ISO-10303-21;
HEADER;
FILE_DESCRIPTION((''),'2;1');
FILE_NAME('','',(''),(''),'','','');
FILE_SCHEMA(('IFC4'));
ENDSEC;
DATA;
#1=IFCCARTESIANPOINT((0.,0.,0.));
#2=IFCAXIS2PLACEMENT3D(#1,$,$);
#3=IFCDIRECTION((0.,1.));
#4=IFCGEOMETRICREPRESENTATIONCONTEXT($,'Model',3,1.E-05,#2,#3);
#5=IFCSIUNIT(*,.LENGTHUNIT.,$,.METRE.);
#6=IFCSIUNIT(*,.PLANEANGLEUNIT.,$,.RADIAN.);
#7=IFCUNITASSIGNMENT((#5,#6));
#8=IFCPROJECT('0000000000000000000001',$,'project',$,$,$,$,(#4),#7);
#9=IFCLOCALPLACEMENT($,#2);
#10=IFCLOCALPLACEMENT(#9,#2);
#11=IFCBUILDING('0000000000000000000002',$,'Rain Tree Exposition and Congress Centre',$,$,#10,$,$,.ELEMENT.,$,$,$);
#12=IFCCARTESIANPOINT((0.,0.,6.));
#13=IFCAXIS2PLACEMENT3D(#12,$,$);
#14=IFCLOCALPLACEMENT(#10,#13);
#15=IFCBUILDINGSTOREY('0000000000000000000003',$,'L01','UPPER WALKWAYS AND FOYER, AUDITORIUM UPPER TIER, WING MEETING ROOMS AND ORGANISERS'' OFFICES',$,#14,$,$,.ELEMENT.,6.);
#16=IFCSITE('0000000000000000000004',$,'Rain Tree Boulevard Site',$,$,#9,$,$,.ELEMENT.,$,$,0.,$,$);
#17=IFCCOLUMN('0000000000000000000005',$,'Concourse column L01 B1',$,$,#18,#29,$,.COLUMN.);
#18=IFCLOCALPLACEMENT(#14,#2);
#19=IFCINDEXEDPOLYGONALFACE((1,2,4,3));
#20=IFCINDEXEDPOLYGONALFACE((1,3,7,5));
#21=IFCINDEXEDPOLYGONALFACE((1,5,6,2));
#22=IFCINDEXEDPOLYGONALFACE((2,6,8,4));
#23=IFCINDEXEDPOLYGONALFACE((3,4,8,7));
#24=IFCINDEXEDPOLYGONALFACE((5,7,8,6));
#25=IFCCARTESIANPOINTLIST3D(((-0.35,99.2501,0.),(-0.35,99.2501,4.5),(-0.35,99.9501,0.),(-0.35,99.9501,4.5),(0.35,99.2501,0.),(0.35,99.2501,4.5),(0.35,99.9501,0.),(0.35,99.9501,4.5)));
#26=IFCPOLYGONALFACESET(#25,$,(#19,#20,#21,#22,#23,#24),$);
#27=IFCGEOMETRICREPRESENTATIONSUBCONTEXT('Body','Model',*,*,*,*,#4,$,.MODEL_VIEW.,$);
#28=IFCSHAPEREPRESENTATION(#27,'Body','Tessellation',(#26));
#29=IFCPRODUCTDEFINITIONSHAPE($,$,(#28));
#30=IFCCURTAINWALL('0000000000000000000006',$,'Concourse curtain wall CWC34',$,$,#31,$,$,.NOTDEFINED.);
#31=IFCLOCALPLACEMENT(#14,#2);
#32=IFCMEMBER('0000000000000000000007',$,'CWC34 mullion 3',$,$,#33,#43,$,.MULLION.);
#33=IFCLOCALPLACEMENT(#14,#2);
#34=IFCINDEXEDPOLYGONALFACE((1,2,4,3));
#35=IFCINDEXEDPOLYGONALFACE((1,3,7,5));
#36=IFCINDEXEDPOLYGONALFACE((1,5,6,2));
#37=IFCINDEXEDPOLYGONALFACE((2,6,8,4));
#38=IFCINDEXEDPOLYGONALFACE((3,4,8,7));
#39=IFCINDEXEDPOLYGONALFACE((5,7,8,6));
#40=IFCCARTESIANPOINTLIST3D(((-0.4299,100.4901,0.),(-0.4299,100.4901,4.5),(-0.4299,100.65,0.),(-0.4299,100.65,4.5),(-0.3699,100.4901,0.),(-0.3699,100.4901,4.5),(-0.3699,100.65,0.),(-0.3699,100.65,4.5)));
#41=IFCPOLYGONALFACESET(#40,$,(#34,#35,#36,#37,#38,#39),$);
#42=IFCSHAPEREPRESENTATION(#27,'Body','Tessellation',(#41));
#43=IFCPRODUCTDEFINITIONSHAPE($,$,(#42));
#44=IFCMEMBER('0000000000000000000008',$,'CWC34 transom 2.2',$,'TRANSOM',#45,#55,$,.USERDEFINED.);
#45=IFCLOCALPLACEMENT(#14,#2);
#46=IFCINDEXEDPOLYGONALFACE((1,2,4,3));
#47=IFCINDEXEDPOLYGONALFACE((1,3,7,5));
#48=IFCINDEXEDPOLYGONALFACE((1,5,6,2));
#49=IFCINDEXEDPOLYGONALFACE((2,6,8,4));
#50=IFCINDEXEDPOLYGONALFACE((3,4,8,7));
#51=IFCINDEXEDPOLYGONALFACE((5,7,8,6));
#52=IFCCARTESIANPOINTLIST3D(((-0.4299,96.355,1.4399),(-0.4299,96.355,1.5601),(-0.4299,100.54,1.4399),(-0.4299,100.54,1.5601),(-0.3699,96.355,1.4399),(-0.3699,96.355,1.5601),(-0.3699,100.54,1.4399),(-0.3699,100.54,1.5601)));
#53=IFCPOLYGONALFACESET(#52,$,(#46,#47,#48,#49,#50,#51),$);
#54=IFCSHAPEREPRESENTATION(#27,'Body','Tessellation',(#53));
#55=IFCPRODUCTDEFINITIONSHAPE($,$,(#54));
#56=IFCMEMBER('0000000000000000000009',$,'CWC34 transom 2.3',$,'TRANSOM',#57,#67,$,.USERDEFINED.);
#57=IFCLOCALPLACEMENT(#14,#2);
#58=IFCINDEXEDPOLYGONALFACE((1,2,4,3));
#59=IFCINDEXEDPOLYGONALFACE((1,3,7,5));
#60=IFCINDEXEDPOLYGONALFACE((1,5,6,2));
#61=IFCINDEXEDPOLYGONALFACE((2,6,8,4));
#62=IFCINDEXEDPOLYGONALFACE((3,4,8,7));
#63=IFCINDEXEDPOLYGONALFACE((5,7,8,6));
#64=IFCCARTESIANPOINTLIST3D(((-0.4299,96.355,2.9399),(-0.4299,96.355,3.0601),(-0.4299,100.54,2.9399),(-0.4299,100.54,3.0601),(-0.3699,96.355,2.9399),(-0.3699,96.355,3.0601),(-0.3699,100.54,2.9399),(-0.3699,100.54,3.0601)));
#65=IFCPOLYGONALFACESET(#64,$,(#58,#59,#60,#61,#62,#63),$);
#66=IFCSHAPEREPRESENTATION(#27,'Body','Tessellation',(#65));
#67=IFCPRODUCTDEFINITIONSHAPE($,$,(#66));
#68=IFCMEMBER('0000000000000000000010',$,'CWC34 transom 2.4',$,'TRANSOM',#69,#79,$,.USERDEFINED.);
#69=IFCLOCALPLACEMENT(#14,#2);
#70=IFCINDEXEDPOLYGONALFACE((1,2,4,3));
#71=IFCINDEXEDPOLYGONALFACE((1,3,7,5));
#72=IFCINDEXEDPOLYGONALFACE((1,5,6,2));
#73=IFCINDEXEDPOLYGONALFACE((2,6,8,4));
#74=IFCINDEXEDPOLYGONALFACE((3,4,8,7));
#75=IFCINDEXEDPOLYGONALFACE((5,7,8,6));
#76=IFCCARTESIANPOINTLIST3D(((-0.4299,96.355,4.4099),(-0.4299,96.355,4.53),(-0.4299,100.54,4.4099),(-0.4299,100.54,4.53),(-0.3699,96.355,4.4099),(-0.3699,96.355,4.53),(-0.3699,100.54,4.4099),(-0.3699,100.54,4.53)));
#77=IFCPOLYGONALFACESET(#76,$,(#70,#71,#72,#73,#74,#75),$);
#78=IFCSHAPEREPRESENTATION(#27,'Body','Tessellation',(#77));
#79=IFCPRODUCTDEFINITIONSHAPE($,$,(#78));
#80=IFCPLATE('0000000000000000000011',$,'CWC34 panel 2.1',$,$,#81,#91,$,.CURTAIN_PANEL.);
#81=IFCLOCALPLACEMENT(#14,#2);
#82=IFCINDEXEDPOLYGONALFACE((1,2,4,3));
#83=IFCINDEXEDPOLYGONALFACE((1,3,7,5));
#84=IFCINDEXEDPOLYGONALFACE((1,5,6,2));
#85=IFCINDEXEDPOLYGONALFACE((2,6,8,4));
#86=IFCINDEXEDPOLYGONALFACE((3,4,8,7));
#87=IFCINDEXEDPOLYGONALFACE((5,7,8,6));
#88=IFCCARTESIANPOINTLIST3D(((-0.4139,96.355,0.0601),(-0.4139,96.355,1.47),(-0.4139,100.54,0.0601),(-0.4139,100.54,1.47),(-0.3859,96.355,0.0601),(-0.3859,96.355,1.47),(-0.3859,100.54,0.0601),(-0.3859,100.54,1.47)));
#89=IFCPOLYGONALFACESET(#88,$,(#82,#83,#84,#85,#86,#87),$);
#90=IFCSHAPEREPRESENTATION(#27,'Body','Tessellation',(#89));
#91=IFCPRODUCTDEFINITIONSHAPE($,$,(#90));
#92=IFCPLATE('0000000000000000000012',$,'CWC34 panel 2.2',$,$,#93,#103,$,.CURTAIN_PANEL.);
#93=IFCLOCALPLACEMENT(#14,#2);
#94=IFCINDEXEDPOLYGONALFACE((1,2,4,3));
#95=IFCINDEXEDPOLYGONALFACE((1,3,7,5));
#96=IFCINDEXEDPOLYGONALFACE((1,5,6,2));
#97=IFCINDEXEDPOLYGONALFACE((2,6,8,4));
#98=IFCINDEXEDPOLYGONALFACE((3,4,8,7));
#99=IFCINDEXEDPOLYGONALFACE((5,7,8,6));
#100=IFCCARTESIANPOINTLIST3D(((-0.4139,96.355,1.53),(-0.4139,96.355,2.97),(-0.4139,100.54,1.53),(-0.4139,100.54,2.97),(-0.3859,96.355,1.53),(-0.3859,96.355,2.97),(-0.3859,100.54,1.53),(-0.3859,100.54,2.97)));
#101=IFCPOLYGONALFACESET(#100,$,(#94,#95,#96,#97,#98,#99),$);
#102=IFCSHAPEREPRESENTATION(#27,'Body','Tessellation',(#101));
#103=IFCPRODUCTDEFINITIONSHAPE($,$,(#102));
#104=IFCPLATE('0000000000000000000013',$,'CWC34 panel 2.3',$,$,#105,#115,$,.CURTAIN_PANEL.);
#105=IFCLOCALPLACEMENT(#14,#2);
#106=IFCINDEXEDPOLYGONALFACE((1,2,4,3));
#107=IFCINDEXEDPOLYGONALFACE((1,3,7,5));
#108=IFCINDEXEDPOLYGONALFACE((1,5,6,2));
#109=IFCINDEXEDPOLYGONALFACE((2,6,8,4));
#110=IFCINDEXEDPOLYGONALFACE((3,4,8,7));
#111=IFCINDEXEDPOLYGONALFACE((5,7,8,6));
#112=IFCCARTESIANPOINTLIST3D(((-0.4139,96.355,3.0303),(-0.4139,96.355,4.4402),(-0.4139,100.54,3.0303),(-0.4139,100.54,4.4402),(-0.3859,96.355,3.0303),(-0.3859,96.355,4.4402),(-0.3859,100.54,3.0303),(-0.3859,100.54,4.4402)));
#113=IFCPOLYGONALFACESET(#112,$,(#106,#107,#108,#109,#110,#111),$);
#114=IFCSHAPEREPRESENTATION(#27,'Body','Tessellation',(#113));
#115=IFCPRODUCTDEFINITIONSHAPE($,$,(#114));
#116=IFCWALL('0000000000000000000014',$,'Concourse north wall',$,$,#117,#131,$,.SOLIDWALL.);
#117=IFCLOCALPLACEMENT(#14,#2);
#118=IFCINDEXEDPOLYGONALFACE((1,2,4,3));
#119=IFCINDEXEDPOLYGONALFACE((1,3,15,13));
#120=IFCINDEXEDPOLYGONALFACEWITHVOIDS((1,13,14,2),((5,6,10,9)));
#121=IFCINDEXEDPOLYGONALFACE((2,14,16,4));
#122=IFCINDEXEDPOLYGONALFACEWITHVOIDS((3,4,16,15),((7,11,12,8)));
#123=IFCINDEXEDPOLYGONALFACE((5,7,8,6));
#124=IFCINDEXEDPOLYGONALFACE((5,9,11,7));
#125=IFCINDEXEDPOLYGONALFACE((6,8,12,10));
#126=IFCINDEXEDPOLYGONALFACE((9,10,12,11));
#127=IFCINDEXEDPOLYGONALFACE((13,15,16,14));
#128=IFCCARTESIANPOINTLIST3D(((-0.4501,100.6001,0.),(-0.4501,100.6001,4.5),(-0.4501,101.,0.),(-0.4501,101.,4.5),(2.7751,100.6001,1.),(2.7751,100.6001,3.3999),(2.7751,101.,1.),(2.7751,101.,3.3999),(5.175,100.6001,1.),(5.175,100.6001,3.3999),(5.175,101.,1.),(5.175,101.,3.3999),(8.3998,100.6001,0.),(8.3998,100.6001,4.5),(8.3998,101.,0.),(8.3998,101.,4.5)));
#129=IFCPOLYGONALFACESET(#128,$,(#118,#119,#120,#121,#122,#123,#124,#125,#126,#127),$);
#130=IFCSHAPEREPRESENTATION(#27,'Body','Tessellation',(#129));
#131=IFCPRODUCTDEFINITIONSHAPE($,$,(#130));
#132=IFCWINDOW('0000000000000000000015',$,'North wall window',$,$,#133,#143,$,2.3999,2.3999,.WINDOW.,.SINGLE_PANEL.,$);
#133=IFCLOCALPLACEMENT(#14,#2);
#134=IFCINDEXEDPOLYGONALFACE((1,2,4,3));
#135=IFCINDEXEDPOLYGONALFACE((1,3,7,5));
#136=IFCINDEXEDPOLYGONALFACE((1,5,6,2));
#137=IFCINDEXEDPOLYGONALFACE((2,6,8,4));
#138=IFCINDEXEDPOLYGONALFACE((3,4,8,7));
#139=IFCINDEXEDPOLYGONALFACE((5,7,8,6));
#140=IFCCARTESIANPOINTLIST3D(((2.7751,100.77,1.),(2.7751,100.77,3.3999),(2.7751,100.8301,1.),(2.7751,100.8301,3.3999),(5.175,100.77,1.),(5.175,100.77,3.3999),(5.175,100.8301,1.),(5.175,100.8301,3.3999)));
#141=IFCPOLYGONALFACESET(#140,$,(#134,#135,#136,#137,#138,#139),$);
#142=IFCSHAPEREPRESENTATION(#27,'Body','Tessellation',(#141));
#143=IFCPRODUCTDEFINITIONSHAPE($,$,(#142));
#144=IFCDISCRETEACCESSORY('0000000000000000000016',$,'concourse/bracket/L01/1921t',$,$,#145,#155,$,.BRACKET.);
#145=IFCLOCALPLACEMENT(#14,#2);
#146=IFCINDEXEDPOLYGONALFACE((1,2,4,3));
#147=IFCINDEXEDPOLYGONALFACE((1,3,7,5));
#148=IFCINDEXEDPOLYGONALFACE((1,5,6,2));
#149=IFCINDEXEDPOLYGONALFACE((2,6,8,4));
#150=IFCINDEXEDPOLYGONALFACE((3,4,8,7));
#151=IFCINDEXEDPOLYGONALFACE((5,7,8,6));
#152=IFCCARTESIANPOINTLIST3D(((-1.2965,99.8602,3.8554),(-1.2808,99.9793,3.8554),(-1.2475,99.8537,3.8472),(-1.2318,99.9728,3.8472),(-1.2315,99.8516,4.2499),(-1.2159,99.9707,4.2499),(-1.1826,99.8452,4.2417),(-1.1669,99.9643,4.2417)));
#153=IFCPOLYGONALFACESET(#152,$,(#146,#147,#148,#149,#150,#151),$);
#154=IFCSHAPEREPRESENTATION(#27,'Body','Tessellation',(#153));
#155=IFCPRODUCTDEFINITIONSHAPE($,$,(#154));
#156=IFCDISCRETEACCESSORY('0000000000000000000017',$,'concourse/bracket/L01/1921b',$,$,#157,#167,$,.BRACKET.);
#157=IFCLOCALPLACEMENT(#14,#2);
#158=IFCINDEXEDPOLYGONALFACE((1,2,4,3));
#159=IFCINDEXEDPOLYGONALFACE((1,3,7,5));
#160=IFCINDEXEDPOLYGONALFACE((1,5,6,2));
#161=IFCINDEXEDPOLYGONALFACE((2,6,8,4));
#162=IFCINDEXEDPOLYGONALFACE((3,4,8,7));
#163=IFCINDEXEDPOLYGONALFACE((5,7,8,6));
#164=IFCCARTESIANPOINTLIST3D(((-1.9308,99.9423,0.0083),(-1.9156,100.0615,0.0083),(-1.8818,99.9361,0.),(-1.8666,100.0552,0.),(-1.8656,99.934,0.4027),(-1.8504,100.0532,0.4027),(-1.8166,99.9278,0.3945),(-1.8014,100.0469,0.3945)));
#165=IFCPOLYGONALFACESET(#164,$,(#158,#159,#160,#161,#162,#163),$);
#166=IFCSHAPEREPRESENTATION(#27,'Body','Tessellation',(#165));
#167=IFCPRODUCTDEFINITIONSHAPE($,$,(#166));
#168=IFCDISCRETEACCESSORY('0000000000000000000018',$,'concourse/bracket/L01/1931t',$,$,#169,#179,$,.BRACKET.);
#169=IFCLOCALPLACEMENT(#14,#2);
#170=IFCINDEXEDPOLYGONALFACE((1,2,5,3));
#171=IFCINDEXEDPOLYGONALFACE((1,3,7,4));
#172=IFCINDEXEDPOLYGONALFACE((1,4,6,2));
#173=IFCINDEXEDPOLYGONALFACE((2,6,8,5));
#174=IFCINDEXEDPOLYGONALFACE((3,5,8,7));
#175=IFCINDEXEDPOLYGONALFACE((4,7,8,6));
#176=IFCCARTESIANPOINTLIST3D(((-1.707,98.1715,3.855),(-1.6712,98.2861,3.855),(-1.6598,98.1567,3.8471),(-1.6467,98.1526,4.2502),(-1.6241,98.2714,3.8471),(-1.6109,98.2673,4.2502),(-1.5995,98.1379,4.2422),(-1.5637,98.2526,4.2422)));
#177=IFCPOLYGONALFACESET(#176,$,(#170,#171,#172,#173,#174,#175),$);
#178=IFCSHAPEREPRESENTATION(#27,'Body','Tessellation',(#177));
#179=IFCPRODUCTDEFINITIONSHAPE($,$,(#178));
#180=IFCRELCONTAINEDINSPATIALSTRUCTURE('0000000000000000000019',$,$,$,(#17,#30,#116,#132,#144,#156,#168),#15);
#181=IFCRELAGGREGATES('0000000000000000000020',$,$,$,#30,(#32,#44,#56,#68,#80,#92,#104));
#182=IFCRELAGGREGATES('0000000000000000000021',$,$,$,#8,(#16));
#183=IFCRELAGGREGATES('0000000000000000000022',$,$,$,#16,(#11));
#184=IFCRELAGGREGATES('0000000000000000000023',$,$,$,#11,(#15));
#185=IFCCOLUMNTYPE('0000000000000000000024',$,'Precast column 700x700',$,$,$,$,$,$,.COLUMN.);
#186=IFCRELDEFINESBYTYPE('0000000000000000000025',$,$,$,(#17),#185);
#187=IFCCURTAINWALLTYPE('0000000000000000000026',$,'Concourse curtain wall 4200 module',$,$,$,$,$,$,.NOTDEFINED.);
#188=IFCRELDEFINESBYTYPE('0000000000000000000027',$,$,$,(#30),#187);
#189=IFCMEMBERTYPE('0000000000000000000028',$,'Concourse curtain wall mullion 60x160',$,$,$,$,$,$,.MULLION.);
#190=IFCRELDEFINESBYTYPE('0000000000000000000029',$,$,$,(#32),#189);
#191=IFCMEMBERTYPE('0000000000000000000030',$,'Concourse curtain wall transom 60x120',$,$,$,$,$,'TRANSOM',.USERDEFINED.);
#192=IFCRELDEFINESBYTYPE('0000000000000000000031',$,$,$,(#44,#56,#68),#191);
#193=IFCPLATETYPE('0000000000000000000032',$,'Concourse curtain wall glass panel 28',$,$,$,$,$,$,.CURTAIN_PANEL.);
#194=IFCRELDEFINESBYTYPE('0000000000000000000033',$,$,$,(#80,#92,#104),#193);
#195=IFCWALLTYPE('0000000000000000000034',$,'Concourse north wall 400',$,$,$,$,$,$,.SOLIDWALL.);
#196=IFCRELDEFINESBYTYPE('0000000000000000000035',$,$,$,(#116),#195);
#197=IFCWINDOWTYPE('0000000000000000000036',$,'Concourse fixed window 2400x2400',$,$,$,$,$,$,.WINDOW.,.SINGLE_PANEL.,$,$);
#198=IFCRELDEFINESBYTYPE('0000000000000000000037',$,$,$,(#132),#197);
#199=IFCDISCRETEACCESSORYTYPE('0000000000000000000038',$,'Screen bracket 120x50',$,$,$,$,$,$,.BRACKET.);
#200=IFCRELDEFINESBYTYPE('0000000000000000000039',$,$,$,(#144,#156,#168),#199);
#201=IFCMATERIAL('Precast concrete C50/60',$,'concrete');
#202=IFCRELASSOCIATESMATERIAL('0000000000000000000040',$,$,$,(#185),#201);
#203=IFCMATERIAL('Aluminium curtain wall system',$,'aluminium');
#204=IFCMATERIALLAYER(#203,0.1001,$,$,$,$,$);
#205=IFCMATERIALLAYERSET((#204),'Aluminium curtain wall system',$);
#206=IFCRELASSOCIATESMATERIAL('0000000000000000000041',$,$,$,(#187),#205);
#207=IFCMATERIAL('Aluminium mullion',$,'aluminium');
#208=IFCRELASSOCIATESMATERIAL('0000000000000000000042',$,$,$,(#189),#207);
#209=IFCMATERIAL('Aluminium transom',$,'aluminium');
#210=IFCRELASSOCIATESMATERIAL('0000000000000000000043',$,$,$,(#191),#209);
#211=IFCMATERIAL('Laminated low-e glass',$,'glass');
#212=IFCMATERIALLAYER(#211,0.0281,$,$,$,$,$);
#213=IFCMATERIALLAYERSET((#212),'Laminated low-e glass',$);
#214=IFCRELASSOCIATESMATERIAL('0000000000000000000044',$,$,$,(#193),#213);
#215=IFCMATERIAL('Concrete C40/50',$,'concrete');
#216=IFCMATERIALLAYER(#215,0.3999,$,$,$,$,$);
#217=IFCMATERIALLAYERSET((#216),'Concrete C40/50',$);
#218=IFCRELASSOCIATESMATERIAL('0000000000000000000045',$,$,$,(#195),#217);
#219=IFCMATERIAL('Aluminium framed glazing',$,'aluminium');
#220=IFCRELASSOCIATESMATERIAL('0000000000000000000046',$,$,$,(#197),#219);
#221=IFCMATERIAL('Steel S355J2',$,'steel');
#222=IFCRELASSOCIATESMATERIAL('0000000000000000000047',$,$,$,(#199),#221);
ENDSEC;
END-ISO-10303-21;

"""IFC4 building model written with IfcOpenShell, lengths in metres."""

from ifc_helpers import new_model, si_unit, direction, frame, frame_2d, origin, origin_2d, place, context, subcontext, project, spatial, rectangle, extrude, material, layer, layer_set, material_profile, profile_set, type_object, element, fill, aggregate, save


model = new_model("IFC4")

# Units and contexts
model_context = context("Model", 3, precision=1e-05, world=origin(), true_north=direction((0.0, 1.0)))
body_context = subcontext(model_context, "Body", "Model", "MODEL_VIEW")
ifc_project = project(units=[si_unit("LENGTHUNIT", "METRE"), si_unit("PLANEANGLEUNIT", "RADIAN")], contexts=[model_context])

# Site, building, storey
site_placement = place(None, origin())
site = spatial("IfcSite", under=ifc_project, at=site_placement, Name="Rain Tree Boulevard Site", CompositionType="ELEMENT", RefElevation=0.0)
building_placement = place(site_placement, origin())
building = spatial("IfcBuilding", under=site, at=building_placement, Name="Rain Tree Exposition and Congress Centre", CompositionType="ELEMENT")
storey_placement = place(building_placement, frame((0.0, 0.0, 6.0)))
storey = spatial("IfcBuildingStorey", under=building, at=storey_placement, Name="L01", Description="UPPER WALKWAYS AND FOYER, AUDITORIUM UPPER TIER, WING MEETING ROOMS AND ORGANISERS' OFFICES", CompositionType="ELEMENT", Elevation=6.0)

# Column
ifc_material_1 = material(Name="Precast concrete C50/60", Category="concrete")
ifc_material_profile_1 = material_profile(ifc_material_1, rectangle(XDim=0.7, YDim=0.7, at=origin_2d()), Name="RC 700x700")
ifc_profile_set_1 = profile_set([ifc_material_profile_1], Name="Precast concrete C50/60")
column_type = type_object("IfcColumnType", Name="Precast column 700x700", PredefinedType="COLUMN", material=ifc_profile_set_1)
column_placement = place(storey_placement, frame((0.0, 99.6001, 0.0), z_axis=(0.0, 0.0, 1.0), x_axis=(1.0, 0.0, 0.0)))
element("IfcColumn", 1, at=column_placement, inside=storey, type_object=column_type, Name="Concourse column L01 B1", PredefinedType="COLUMN", context=body_context, shape_type="SweptSolid", body=[
    extrude(rectangle(XDim=0.7, YDim=0.7, at=origin_2d()), origin(), (0.0, 0.0, 1.0), 4.5),
])

# Curtain wall, members, plates
ifc_material_2 = material(Name="Aluminium curtain wall system", Category="aluminium")
ifc_layer_1 = layer(ifc_material_2, 0.1001)
ifc_layer_set_1 = layer_set([ifc_layer_1], Name="Aluminium curtain wall system")
curtain_wall_type = type_object("IfcCurtainWallType", Name="Concourse curtain wall 4200 module", PredefinedType="NOTDEFINED", material=ifc_layer_set_1)
curtain_wall_placement = place(storey_placement, origin())
curtain_wall = element("IfcCurtainWall", 2, at=curtain_wall_placement, inside=storey, type_object=curtain_wall_type, Name="Concourse curtain wall CWC34", PredefinedType="NOTDEFINED")
ifc_material_3 = material(Name="Aluminium mullion", Category="aluminium")
ifc_material_profile_2 = material_profile(ifc_material_3, rectangle(XDim=0.0601, YDim=0.1599, at=origin_2d()), Name="AL 60x160")
ifc_profile_set_2 = profile_set([ifc_material_profile_2], Name="Aluminium mullion")
member_type_1 = type_object("IfcMemberType", Name="Concourse curtain wall mullion 60x160", PredefinedType="MULLION", material=ifc_profile_set_2)
member_1_placement = place(storey_placement, frame((-0.3999, 100.5701, 0.0), z_axis=(0.0, 0.0, 1.0), x_axis=(-1.0, 0.0, 0.0)))
member_1 = element("IfcMember", 3, at=member_1_placement, type_object=member_type_1, Name="CWC34 mullion 3", PredefinedType="MULLION", context=body_context, shape_type="SweptSolid", body=[
    extrude(rectangle(XDim=0.0601, YDim=0.1599, at=origin_2d()), origin(), (0.0, 0.0, 1.0), 4.5),
])
ifc_material_4 = material(Name="Aluminium transom", Category="aluminium")
ifc_material_profile_3 = material_profile(ifc_material_4, rectangle(XDim=0.0601, YDim=0.1201, at=origin_2d()), Name="AL 60x120")
ifc_profile_set_3 = profile_set([ifc_material_profile_3], Name="Aluminium transom")
member_type_2 = type_object("IfcMemberType", Name="Concourse curtain wall transom 60x120", ElementType="TRANSOM", PredefinedType="USERDEFINED", material=ifc_profile_set_3)
member_2_placement = place(storey_placement, frame((-0.3999, 96.355, 1.5), z_axis=(0.0, 1.0, 0.0), x_axis=(-1.0, 0.0, 0.0)))
member_2 = element("IfcMember", 4, at=member_2_placement, type_object=member_type_2, Name="CWC34 transom 2.2", ObjectType="TRANSOM", PredefinedType="USERDEFINED", context=body_context, shape_type="SweptSolid", body=[
    extrude(rectangle(XDim=0.0601, YDim=0.1201, at=origin_2d()), origin(), (0.0, 0.0, 1.0), 4.1851),
])
member_3_placement = place(storey_placement, frame((-0.3999, 96.355, 3.0), z_axis=(0.0, 1.0, 0.0), x_axis=(-1.0, 0.0, 0.0)))
member_3 = element("IfcMember", 5, at=member_3_placement, type_object=member_type_2, Name="CWC34 transom 2.3", ObjectType="TRANSOM", PredefinedType="USERDEFINED", context=body_context, shape_type="SweptSolid", body=[
    extrude(rectangle(XDim=0.0601, YDim=0.1201, at=origin_2d()), origin(), (0.0, 0.0, 1.0), 4.1851),
])
member_4_placement = place(storey_placement, frame((-0.3999, 96.355, 4.47), z_axis=(0.0, 1.0, 0.0), x_axis=(-1.0, 0.0, 0.0)))
member_4 = element("IfcMember", 6, at=member_4_placement, type_object=member_type_2, Name="CWC34 transom 2.4", ObjectType="TRANSOM", PredefinedType="USERDEFINED", context=body_context, shape_type="SweptSolid", body=[
    extrude(rectangle(XDim=0.0601, YDim=0.1201, at=origin_2d()), origin(), (0.0, 0.0, 1.0), 4.1851),
])
ifc_material_5 = material(Name="Laminated low-e glass", Category="glass")
ifc_layer_2 = layer(ifc_material_5, 0.0281)
ifc_layer_set_2 = layer_set([ifc_layer_2], Name="Laminated low-e glass")
plate_type = type_object("IfcPlateType", Name="Concourse curtain wall glass panel 28", PredefinedType="CURTAIN_PANEL", material=ifc_layer_set_2)
plate_1_placement = place(storey_placement, frame((-0.3999, 98.4475, 0.0601), z_axis=(0.0, 0.0, 1.0), x_axis=(0.0, 1.0, 0.0)))
plate_1 = element("IfcPlate", 7, at=plate_1_placement, type_object=plate_type, Name="CWC34 panel 2.1", PredefinedType="CURTAIN_PANEL", context=body_context, shape_type="SweptSolid", body=[
    extrude(rectangle(XDim=4.1851, YDim=0.0281, at=origin_2d()), origin(), (0.0, 0.0, 1.0), 1.4099),
])
plate_2_placement = place(storey_placement, frame((-0.3999, 98.4475, 1.53), z_axis=(0.0, 0.0, 1.0), x_axis=(0.0, 1.0, 0.0)))
plate_2 = element("IfcPlate", 8, at=plate_2_placement, type_object=plate_type, Name="CWC34 panel 2.2", PredefinedType="CURTAIN_PANEL", context=body_context, shape_type="SweptSolid", body=[
    extrude(rectangle(XDim=4.1851, YDim=0.0281, at=origin_2d()), origin(), (0.0, 0.0, 1.0), 1.4399),
])
plate_3_placement = place(storey_placement, frame((-0.3999, 98.4475, 3.0303), z_axis=(0.0, 0.0, 1.0), x_axis=(0.0, 1.0, 0.0)))
plate_3 = element("IfcPlate", 9, at=plate_3_placement, type_object=plate_type, Name="CWC34 panel 2.3", PredefinedType="CURTAIN_PANEL", context=body_context, shape_type="SweptSolid", body=[
    extrude(rectangle(XDim=4.1851, YDim=0.0281, at=origin_2d()), origin(), (0.0, 0.0, 1.0), 1.4099),
])
aggregate(curtain_wall, [member_1, member_2, member_3, member_4, plate_1, plate_2, plate_3])

# Wall, opening, window
ifc_material_6 = material(Name="Concrete C40/50", Category="concrete")
ifc_layer_3 = layer(ifc_material_6, 0.3999)
ifc_layer_set_3 = layer_set([ifc_layer_3], Name="Concrete C40/50")
wall_type = type_object("IfcWallType", Name="Concourse north wall 400", PredefinedType="SOLIDWALL", material=ifc_layer_set_3)
wall_placement = place(storey_placement, frame((-0.45, 100.8, 0.0), z_axis=(0.0, 0.0, 1.0), x_axis=(1.0, 0.0, 0.0)))
wall = element("IfcWall", 10, at=wall_placement, inside=storey, type_object=wall_type, Name="Concourse north wall", PredefinedType="SOLIDWALL", context=body_context, shape_type="SweptSolid", body=[
    extrude(rectangle(XDim=8.8499, YDim=0.3999, at=frame_2d((4.4248, 0.0))), origin(), (0.0, 0.0, 1.0), 4.5),
])
opening_placement = place(wall_placement, frame((3.2251, 0.0, 1.0)))
opening = element("IfcOpeningElement", 11, at=opening_placement, cuts=wall, PredefinedType="OPENING", context=body_context, shape_type="SweptSolid", body=[
    extrude(rectangle(XDim=2.3999, YDim=2.3999, at=frame_2d((1.2, 1.2))), frame((0.0, 0.2, 0.0), z_axis=(0.0, -1.0, 0.0), x_axis=(1.0, 0.0, 0.0)), (0.0, 0.0, 1.0), 0.3999),
])
ifc_material_7 = material(Name="Aluminium framed glazing", Category="aluminium")
window_type = type_object("IfcWindowType", Name="Concourse fixed window 2400x2400", PartitioningType="SINGLE_PANEL", PredefinedType="WINDOW", material=ifc_material_7)
window_placement = place(opening_placement, origin())
window = element("IfcWindow", 12, at=window_placement, inside=storey, type_object=window_type, Name="North wall window", OverallHeight=2.3999, OverallWidth=2.3999, PartitioningType="SINGLE_PANEL", PredefinedType="WINDOW", context=body_context, shape_type="SweptSolid", body=[
    extrude(rectangle(XDim=2.3999, YDim=2.3999, at=frame_2d((1.2, 1.2))), frame((0.0, 0.03, 0.0), z_axis=(0.0, -1.0, 0.0), x_axis=(1.0, 0.0, 0.0)), (0.0, 0.0, 1.0), 0.0601),
])
fill(opening, window)

# Discrete accessories
ifc_material_8 = material(Name="Steel S355J2", Category="steel")
ifc_material_profile_4 = material_profile(ifc_material_8, rectangle(XDim=0.1201, YDim=0.05, at=origin_2d()), Name="Flat bar 120x50")
ifc_profile_set_4 = profile_set([ifc_material_profile_4], Name="Steel S355J2")
discrete_accessory_type = type_object("IfcDiscreteAccessoryType", Name="Screen bracket 120x50", PredefinedType="BRACKET", material=ifc_profile_set_4)
for number, where, z_axis, x_axis, name in (
    (13, (-1.2642, 99.9165, 3.8513), (0.162381, -0.021366, 0.986497), (0.130455, 0.991454, 0.0), "concourse/bracket/L01/1921t"),
    (14, (-1.8987, 99.9988, 0.0042), (0.162978, -0.020754, 0.986411), (0.126321, 0.991989, 0.0), "concourse/bracket/L01/1921b"),
):
    element("IfcDiscreteAccessory", number, at=place(storey_placement, frame(where, z_axis=z_axis, x_axis=x_axis)), inside=storey, type_object=discrete_accessory_type, Name=name, PredefinedType="BRACKET", context=body_context, shape_type="SweptSolid", body=[
        extrude(rectangle(XDim=0.1201, YDim=0.05, at=origin_2d()), origin(), (0.0, 0.0, 1.0), 0.3999),
    ])
for number, where, z_axis, x_axis, name in (
    (15, (-1.6655, 98.2214, 3.8511), (0.150743, -0.046993, 0.987456), (0.297615, 0.954686, 0.0), "concourse/bracket/L01/1931t"),
):
    element("IfcDiscreteAccessory", number, at=place(storey_placement, frame(where, z_axis=z_axis, x_axis=x_axis)), inside=storey, type_object=discrete_accessory_type, Name=name, PredefinedType="BRACKET", context=body_context, shape_type="SweptSolid", body=[
        extrude(rectangle(XDim=0.1201, YDim=0.05, at=origin_2d()), origin(), (0.0, 0.0, 1.0), 0.4001),
    ])

save(model, "model.ifc")
